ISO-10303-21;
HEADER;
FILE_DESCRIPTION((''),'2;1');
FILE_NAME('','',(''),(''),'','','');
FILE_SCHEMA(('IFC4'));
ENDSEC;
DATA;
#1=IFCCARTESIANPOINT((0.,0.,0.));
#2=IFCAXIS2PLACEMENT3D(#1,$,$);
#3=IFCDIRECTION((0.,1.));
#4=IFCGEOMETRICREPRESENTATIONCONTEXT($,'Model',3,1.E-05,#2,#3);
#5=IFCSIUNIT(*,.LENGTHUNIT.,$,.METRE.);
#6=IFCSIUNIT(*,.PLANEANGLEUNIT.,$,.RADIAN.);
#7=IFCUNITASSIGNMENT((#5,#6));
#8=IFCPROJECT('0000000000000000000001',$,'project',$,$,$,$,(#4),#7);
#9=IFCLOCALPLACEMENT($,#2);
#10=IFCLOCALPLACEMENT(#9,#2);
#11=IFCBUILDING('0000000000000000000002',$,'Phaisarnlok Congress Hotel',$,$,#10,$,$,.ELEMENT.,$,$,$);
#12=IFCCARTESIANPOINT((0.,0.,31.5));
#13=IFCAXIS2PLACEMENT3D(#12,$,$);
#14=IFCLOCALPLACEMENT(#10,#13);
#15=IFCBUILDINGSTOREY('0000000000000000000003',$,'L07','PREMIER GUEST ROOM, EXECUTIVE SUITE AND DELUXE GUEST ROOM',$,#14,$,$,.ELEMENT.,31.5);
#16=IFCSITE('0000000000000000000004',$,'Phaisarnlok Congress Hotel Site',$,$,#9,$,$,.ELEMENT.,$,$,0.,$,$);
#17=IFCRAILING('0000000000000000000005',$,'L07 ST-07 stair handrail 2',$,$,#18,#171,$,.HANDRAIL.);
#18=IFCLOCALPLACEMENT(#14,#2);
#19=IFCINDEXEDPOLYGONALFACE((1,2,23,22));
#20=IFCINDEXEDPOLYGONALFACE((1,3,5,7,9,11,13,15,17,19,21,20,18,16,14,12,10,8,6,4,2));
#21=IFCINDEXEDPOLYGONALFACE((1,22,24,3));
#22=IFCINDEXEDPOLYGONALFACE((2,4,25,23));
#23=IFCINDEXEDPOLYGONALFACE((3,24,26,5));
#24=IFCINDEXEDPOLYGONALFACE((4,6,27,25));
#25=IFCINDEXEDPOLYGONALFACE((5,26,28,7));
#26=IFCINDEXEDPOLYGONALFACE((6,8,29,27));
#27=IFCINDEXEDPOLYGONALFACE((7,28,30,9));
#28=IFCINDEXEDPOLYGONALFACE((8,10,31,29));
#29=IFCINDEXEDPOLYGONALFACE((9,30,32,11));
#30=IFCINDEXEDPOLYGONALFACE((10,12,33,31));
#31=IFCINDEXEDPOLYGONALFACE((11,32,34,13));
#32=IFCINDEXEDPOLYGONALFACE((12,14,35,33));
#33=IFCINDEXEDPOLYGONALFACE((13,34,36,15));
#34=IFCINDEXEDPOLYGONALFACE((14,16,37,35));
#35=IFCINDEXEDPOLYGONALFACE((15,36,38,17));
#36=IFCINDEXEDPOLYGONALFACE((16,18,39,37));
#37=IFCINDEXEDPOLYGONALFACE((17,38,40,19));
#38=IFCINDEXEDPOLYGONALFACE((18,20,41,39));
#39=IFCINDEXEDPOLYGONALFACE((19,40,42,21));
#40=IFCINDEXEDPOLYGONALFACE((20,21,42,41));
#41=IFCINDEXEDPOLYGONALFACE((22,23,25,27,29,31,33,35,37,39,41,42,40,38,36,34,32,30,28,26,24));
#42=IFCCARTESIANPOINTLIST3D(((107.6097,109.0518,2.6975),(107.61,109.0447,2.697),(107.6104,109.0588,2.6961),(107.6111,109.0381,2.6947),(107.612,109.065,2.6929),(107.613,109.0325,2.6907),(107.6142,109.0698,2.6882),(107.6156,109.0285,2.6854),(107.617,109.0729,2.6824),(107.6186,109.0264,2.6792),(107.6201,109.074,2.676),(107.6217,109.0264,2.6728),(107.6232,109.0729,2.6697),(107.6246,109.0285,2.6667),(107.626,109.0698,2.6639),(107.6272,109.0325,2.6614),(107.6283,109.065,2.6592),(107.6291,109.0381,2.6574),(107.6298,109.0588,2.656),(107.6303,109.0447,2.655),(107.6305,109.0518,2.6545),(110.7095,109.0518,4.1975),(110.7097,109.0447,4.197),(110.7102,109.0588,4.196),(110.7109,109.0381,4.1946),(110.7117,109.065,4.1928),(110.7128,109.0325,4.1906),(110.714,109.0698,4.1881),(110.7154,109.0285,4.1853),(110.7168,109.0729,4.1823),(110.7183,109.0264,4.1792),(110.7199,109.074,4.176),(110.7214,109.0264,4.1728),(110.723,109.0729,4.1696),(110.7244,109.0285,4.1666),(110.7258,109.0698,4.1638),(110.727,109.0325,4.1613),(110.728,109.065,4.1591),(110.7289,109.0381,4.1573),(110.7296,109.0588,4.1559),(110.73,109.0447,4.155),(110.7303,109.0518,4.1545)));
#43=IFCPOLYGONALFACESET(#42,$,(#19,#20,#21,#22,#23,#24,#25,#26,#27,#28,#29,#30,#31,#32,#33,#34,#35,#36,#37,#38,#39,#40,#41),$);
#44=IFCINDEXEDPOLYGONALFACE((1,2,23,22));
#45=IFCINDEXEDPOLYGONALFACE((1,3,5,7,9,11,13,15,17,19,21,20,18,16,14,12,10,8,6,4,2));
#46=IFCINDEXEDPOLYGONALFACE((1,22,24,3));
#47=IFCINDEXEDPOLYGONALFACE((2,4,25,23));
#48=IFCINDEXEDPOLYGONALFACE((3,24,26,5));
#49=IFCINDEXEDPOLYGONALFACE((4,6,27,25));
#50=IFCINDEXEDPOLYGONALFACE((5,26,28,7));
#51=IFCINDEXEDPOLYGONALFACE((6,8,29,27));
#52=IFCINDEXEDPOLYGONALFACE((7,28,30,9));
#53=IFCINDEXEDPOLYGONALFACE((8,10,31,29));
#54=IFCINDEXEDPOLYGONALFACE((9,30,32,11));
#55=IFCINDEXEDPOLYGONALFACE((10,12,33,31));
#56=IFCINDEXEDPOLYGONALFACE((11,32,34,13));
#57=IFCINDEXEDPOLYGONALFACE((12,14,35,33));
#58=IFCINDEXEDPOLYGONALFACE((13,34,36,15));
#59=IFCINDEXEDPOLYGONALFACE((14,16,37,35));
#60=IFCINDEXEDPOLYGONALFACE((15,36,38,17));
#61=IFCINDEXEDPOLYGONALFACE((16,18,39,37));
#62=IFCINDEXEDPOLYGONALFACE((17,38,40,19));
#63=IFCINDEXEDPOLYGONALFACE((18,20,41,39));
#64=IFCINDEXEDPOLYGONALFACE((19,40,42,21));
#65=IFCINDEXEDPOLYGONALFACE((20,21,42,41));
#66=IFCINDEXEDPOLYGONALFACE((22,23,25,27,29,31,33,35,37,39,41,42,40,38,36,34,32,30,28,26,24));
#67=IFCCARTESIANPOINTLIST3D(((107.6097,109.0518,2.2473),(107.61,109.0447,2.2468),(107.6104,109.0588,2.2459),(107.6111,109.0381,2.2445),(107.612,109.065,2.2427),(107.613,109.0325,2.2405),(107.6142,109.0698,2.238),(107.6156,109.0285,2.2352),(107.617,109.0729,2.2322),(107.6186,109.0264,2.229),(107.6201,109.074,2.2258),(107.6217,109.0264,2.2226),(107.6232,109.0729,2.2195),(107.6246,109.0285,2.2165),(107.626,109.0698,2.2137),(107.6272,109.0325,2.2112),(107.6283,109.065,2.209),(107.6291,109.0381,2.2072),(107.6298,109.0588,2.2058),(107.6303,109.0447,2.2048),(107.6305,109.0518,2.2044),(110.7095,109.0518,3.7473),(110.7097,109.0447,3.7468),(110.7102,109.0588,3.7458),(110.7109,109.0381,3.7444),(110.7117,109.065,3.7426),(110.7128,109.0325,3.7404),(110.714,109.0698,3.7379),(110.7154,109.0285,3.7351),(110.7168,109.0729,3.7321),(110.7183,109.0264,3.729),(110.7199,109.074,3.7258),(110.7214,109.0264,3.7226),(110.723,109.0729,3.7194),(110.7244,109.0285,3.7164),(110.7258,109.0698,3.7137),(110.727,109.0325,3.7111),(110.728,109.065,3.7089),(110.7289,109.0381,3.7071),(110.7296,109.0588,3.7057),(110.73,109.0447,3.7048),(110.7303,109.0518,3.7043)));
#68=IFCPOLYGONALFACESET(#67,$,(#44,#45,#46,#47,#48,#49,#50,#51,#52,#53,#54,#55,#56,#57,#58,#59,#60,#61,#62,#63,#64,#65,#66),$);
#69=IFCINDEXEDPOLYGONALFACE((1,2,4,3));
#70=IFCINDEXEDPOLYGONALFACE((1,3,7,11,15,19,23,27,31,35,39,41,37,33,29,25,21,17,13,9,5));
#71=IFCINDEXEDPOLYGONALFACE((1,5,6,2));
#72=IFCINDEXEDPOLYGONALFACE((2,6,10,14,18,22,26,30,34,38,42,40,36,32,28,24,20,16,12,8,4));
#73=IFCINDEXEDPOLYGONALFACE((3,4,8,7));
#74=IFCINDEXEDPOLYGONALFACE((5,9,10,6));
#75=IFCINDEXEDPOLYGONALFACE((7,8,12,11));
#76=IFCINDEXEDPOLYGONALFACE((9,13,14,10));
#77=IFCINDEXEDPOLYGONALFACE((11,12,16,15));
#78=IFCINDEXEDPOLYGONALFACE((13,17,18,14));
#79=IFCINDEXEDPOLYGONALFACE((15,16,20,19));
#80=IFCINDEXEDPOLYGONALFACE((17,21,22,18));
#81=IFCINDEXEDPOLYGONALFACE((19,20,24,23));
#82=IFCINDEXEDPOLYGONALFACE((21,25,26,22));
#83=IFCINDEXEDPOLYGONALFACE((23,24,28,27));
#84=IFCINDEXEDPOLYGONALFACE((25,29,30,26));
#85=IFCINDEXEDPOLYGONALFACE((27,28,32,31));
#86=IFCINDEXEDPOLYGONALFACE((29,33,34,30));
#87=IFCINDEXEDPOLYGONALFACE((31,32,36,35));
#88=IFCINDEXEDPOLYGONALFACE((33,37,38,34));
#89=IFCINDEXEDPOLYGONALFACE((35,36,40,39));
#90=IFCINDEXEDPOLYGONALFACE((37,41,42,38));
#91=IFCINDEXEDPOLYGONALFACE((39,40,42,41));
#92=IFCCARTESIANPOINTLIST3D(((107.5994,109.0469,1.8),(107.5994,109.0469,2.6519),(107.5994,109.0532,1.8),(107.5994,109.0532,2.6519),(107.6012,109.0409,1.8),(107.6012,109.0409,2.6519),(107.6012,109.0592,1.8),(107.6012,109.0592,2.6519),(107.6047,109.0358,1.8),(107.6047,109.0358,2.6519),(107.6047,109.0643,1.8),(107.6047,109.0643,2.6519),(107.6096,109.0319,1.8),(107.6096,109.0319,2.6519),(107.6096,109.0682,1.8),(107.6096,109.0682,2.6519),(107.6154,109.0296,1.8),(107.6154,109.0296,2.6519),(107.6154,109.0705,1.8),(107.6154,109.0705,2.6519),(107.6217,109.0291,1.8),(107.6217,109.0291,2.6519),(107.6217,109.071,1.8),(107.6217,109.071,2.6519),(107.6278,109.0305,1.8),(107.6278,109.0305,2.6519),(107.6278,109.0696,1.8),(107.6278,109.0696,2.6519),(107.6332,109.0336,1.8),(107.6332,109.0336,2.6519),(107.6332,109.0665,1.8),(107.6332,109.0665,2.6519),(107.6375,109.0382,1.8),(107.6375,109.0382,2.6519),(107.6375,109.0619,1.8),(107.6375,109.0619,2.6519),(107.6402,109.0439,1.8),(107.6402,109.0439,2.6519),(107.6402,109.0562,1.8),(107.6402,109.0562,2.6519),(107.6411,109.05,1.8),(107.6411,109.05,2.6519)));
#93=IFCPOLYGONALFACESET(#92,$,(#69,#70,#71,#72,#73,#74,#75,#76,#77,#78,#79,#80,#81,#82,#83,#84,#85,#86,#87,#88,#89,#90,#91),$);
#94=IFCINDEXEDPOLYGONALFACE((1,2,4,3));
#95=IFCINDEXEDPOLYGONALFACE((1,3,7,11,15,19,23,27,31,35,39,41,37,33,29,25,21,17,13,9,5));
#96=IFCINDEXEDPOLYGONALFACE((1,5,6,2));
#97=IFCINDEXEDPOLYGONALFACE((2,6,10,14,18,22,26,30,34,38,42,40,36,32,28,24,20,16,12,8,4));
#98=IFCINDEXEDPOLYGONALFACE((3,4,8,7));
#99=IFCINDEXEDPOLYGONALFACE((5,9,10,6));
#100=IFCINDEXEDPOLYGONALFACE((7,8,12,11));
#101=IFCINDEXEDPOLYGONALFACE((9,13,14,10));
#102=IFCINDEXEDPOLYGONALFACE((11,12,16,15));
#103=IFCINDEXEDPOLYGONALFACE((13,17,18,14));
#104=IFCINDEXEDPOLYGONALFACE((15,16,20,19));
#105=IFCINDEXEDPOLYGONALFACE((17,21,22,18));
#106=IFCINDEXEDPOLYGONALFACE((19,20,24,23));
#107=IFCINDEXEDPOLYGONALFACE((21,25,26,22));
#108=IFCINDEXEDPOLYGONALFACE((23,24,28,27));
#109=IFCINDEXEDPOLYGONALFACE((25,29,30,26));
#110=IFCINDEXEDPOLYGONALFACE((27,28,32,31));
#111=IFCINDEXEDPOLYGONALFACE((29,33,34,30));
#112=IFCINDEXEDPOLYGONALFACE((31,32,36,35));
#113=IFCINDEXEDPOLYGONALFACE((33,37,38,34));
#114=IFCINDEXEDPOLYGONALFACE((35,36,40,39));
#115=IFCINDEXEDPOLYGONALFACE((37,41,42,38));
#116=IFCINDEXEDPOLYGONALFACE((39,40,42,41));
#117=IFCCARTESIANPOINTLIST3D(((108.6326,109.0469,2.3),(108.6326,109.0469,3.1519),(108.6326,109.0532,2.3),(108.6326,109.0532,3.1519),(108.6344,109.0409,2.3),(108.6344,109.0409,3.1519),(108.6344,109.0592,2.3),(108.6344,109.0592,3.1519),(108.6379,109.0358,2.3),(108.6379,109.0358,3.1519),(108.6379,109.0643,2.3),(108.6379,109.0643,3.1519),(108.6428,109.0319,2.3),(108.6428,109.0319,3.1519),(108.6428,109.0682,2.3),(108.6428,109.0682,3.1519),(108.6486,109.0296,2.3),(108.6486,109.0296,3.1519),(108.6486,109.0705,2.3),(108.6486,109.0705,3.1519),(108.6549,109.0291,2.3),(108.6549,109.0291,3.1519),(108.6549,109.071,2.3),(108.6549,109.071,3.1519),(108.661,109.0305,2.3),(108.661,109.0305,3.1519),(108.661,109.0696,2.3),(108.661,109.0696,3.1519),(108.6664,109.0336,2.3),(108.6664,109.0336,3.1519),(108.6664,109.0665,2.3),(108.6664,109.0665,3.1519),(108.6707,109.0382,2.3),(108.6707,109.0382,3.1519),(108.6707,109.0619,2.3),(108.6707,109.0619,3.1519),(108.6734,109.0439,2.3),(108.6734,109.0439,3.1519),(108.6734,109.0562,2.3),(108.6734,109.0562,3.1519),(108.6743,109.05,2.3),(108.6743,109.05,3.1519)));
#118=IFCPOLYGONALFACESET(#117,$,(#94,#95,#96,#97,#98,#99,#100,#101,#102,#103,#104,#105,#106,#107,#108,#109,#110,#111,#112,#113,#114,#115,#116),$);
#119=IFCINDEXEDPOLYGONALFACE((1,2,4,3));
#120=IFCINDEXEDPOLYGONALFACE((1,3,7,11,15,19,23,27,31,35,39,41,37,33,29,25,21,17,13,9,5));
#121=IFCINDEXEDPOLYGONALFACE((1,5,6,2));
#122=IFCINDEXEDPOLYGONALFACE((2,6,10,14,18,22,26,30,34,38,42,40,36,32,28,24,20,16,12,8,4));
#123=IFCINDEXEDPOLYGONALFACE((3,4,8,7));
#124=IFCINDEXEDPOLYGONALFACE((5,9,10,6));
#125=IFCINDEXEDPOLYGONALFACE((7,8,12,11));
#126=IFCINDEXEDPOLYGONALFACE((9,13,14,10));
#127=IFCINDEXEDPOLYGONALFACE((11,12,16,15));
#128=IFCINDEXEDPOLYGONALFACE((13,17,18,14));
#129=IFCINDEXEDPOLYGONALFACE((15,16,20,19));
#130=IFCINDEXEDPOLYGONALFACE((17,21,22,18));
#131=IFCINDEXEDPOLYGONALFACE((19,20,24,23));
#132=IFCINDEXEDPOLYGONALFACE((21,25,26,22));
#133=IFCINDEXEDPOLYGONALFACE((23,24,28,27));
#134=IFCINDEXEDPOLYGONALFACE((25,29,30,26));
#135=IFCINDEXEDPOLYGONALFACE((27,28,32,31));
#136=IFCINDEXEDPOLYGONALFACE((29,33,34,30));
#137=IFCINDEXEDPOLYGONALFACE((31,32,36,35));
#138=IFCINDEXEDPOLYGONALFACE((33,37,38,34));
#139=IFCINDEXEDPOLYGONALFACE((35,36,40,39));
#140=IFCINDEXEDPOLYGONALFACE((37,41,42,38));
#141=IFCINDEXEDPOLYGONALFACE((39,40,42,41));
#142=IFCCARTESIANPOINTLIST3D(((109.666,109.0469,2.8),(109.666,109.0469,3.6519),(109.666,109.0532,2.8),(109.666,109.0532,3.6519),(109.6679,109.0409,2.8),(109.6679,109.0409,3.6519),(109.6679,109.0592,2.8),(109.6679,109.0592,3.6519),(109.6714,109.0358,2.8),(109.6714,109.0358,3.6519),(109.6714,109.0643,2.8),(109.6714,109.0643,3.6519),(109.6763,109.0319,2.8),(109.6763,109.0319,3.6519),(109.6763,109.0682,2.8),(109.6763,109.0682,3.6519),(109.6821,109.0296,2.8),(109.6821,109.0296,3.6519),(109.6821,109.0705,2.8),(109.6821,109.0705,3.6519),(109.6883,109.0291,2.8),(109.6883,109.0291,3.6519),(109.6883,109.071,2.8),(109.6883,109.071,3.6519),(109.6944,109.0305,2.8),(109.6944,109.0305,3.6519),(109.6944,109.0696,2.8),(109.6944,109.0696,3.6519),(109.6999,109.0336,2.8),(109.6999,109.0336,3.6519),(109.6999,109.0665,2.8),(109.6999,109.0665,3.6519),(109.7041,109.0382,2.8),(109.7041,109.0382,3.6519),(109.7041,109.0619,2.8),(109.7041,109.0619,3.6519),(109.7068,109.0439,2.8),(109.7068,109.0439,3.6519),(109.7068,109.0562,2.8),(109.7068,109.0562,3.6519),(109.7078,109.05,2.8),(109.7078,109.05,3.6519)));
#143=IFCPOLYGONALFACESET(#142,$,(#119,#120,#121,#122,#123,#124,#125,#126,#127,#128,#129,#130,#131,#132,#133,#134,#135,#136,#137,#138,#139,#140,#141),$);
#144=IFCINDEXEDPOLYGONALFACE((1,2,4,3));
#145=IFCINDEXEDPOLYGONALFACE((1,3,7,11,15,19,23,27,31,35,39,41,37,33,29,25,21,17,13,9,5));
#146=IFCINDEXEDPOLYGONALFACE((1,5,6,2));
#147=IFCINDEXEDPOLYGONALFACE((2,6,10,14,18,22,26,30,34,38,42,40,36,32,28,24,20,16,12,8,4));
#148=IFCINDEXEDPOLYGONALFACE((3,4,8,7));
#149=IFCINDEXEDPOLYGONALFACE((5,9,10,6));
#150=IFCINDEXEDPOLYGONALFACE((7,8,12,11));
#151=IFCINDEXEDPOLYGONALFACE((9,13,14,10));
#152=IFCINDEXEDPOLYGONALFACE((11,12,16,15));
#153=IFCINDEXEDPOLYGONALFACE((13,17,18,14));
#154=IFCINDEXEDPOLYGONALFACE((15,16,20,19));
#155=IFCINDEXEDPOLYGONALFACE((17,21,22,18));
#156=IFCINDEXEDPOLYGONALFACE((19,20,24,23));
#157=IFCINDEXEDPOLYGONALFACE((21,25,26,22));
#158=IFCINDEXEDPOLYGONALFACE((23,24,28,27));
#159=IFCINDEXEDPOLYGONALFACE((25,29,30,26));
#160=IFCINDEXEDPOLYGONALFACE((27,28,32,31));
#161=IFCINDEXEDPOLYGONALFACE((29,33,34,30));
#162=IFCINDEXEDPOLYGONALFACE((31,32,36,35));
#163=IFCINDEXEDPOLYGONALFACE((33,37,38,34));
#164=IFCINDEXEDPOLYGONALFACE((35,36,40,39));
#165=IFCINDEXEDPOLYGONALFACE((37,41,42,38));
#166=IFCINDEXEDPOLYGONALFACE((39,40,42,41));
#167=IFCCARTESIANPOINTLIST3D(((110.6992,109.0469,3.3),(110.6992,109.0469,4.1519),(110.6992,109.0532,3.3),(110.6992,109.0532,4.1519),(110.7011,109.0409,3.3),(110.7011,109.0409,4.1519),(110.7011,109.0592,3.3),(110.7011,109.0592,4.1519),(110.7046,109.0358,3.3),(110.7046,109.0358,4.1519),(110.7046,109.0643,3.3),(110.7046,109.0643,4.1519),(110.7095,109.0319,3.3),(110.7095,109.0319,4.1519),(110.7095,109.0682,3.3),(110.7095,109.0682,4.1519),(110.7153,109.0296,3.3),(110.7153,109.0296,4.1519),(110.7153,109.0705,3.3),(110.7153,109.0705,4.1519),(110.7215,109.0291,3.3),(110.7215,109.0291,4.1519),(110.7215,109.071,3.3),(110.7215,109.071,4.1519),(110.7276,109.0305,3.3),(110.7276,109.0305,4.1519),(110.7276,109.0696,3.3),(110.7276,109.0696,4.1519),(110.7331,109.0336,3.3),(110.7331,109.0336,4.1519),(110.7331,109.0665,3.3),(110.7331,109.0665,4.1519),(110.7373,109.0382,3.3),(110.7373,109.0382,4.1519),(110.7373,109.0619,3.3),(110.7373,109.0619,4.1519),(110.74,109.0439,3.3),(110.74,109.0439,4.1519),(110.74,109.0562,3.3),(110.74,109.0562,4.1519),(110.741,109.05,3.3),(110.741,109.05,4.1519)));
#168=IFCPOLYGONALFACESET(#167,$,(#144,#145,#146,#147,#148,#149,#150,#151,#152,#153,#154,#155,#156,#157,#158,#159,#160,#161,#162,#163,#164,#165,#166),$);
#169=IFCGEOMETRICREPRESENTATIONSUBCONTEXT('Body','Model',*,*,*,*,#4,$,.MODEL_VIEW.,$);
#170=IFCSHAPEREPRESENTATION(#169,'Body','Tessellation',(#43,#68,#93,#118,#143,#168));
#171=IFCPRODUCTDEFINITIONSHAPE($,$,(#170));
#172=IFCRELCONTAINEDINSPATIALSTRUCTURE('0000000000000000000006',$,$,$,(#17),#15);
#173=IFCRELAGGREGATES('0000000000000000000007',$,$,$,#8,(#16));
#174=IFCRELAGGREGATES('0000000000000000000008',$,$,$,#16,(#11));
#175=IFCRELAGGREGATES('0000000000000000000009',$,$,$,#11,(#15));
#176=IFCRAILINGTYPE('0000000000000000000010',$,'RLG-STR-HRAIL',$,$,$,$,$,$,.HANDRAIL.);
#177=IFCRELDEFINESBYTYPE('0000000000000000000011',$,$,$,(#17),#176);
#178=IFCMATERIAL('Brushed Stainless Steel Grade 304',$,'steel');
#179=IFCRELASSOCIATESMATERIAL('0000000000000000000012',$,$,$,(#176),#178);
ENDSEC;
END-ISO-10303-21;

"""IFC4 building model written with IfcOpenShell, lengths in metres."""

from ifc_helpers import new_model, si_unit, direction, frame, origin, origin_2d, place, context, subcontext, project, spatial, circle, extrude, material, type_object, element, save


model = new_model("IFC4")

# Units and contexts
model_context = context("Model", 3, precision=1e-05, world=origin(), true_north=direction((0.0, 1.0)))
body_context = subcontext(model_context, "Body", "Model", "MODEL_VIEW")
ifc_project = project(units=[si_unit("LENGTHUNIT", "METRE"), si_unit("PLANEANGLEUNIT", "RADIAN")], contexts=[model_context])

# Site, building, storey
site_placement = place(None, origin())
site = spatial("IfcSite", under=ifc_project, at=site_placement, Name="Phaisarnlok Congress Hotel Site", CompositionType="ELEMENT", RefElevation=0.0)
building_placement = place(site_placement, origin())
building = spatial("IfcBuilding", under=site, at=building_placement, Name="Phaisarnlok Congress Hotel", CompositionType="ELEMENT")
storey_placement = place(building_placement, frame((0.0, 0.0, 31.5)))
storey = spatial("IfcBuildingStorey", under=building, at=storey_placement, Name="L07", Description="PREMIER GUEST ROOM, EXECUTIVE SUITE AND DELUXE GUEST ROOM", CompositionType="ELEMENT", Elevation=31.5)

# Railing
ifc_material_1 = material(Name="Brushed Stainless Steel Grade 304", Category="steel")
railing_type_1 = type_object("IfcRailingType", Name="RLG-STR-HRAIL", PredefinedType="HANDRAIL", material=ifc_material_1)
railing_1_placement = place(storey_placement, frame((107.6201, 109.05, 1.8)))
element("IfcRailing", 1, at=railing_1_placement, inside=storey, type_object=railing_type_1, Name="L07 ST-07 stair handrail 2", PredefinedType="HANDRAIL", context=body_context, shape_type="SweptSolid", body=[
    extrude(circle(Radius=0.0239, at=origin_2d()), frame((0.0, 0.0, 0.876), z_axis=(0.900151, 0.0, 0.435578), x_axis=(0.0, 1.0, 0.0)), (0.0, 0.0, 1.0), 3.4436),
    extrude(circle(Radius=0.0239, at=origin_2d()), frame((0.0, 0.0, 0.4258), z_axis=(0.900151, 0.0, 0.435578), x_axis=(0.0, 1.0, 0.0)), (0.0, 0.0, 1.0), 3.4436),
    extrude(circle(Radius=0.021, at=origin_2d()), origin(), (0.0, 0.0, 1.0), 0.8518),
    extrude(circle(Radius=0.021, at=origin_2d()), frame((1.0332, 0.0, 0.5)), (0.0, 0.0, 1.0), 0.8518),
    extrude(circle(Radius=0.021, at=origin_2d()), frame((2.0667, 0.0, 1.0)), (0.0, 0.0, 1.0), 0.8518),
    extrude(circle(Radius=0.021, at=origin_2d()), frame((3.0999, 0.0, 1.5)), (0.0, 0.0, 1.0), 0.8518),
])

save(model, "model.ifc")
